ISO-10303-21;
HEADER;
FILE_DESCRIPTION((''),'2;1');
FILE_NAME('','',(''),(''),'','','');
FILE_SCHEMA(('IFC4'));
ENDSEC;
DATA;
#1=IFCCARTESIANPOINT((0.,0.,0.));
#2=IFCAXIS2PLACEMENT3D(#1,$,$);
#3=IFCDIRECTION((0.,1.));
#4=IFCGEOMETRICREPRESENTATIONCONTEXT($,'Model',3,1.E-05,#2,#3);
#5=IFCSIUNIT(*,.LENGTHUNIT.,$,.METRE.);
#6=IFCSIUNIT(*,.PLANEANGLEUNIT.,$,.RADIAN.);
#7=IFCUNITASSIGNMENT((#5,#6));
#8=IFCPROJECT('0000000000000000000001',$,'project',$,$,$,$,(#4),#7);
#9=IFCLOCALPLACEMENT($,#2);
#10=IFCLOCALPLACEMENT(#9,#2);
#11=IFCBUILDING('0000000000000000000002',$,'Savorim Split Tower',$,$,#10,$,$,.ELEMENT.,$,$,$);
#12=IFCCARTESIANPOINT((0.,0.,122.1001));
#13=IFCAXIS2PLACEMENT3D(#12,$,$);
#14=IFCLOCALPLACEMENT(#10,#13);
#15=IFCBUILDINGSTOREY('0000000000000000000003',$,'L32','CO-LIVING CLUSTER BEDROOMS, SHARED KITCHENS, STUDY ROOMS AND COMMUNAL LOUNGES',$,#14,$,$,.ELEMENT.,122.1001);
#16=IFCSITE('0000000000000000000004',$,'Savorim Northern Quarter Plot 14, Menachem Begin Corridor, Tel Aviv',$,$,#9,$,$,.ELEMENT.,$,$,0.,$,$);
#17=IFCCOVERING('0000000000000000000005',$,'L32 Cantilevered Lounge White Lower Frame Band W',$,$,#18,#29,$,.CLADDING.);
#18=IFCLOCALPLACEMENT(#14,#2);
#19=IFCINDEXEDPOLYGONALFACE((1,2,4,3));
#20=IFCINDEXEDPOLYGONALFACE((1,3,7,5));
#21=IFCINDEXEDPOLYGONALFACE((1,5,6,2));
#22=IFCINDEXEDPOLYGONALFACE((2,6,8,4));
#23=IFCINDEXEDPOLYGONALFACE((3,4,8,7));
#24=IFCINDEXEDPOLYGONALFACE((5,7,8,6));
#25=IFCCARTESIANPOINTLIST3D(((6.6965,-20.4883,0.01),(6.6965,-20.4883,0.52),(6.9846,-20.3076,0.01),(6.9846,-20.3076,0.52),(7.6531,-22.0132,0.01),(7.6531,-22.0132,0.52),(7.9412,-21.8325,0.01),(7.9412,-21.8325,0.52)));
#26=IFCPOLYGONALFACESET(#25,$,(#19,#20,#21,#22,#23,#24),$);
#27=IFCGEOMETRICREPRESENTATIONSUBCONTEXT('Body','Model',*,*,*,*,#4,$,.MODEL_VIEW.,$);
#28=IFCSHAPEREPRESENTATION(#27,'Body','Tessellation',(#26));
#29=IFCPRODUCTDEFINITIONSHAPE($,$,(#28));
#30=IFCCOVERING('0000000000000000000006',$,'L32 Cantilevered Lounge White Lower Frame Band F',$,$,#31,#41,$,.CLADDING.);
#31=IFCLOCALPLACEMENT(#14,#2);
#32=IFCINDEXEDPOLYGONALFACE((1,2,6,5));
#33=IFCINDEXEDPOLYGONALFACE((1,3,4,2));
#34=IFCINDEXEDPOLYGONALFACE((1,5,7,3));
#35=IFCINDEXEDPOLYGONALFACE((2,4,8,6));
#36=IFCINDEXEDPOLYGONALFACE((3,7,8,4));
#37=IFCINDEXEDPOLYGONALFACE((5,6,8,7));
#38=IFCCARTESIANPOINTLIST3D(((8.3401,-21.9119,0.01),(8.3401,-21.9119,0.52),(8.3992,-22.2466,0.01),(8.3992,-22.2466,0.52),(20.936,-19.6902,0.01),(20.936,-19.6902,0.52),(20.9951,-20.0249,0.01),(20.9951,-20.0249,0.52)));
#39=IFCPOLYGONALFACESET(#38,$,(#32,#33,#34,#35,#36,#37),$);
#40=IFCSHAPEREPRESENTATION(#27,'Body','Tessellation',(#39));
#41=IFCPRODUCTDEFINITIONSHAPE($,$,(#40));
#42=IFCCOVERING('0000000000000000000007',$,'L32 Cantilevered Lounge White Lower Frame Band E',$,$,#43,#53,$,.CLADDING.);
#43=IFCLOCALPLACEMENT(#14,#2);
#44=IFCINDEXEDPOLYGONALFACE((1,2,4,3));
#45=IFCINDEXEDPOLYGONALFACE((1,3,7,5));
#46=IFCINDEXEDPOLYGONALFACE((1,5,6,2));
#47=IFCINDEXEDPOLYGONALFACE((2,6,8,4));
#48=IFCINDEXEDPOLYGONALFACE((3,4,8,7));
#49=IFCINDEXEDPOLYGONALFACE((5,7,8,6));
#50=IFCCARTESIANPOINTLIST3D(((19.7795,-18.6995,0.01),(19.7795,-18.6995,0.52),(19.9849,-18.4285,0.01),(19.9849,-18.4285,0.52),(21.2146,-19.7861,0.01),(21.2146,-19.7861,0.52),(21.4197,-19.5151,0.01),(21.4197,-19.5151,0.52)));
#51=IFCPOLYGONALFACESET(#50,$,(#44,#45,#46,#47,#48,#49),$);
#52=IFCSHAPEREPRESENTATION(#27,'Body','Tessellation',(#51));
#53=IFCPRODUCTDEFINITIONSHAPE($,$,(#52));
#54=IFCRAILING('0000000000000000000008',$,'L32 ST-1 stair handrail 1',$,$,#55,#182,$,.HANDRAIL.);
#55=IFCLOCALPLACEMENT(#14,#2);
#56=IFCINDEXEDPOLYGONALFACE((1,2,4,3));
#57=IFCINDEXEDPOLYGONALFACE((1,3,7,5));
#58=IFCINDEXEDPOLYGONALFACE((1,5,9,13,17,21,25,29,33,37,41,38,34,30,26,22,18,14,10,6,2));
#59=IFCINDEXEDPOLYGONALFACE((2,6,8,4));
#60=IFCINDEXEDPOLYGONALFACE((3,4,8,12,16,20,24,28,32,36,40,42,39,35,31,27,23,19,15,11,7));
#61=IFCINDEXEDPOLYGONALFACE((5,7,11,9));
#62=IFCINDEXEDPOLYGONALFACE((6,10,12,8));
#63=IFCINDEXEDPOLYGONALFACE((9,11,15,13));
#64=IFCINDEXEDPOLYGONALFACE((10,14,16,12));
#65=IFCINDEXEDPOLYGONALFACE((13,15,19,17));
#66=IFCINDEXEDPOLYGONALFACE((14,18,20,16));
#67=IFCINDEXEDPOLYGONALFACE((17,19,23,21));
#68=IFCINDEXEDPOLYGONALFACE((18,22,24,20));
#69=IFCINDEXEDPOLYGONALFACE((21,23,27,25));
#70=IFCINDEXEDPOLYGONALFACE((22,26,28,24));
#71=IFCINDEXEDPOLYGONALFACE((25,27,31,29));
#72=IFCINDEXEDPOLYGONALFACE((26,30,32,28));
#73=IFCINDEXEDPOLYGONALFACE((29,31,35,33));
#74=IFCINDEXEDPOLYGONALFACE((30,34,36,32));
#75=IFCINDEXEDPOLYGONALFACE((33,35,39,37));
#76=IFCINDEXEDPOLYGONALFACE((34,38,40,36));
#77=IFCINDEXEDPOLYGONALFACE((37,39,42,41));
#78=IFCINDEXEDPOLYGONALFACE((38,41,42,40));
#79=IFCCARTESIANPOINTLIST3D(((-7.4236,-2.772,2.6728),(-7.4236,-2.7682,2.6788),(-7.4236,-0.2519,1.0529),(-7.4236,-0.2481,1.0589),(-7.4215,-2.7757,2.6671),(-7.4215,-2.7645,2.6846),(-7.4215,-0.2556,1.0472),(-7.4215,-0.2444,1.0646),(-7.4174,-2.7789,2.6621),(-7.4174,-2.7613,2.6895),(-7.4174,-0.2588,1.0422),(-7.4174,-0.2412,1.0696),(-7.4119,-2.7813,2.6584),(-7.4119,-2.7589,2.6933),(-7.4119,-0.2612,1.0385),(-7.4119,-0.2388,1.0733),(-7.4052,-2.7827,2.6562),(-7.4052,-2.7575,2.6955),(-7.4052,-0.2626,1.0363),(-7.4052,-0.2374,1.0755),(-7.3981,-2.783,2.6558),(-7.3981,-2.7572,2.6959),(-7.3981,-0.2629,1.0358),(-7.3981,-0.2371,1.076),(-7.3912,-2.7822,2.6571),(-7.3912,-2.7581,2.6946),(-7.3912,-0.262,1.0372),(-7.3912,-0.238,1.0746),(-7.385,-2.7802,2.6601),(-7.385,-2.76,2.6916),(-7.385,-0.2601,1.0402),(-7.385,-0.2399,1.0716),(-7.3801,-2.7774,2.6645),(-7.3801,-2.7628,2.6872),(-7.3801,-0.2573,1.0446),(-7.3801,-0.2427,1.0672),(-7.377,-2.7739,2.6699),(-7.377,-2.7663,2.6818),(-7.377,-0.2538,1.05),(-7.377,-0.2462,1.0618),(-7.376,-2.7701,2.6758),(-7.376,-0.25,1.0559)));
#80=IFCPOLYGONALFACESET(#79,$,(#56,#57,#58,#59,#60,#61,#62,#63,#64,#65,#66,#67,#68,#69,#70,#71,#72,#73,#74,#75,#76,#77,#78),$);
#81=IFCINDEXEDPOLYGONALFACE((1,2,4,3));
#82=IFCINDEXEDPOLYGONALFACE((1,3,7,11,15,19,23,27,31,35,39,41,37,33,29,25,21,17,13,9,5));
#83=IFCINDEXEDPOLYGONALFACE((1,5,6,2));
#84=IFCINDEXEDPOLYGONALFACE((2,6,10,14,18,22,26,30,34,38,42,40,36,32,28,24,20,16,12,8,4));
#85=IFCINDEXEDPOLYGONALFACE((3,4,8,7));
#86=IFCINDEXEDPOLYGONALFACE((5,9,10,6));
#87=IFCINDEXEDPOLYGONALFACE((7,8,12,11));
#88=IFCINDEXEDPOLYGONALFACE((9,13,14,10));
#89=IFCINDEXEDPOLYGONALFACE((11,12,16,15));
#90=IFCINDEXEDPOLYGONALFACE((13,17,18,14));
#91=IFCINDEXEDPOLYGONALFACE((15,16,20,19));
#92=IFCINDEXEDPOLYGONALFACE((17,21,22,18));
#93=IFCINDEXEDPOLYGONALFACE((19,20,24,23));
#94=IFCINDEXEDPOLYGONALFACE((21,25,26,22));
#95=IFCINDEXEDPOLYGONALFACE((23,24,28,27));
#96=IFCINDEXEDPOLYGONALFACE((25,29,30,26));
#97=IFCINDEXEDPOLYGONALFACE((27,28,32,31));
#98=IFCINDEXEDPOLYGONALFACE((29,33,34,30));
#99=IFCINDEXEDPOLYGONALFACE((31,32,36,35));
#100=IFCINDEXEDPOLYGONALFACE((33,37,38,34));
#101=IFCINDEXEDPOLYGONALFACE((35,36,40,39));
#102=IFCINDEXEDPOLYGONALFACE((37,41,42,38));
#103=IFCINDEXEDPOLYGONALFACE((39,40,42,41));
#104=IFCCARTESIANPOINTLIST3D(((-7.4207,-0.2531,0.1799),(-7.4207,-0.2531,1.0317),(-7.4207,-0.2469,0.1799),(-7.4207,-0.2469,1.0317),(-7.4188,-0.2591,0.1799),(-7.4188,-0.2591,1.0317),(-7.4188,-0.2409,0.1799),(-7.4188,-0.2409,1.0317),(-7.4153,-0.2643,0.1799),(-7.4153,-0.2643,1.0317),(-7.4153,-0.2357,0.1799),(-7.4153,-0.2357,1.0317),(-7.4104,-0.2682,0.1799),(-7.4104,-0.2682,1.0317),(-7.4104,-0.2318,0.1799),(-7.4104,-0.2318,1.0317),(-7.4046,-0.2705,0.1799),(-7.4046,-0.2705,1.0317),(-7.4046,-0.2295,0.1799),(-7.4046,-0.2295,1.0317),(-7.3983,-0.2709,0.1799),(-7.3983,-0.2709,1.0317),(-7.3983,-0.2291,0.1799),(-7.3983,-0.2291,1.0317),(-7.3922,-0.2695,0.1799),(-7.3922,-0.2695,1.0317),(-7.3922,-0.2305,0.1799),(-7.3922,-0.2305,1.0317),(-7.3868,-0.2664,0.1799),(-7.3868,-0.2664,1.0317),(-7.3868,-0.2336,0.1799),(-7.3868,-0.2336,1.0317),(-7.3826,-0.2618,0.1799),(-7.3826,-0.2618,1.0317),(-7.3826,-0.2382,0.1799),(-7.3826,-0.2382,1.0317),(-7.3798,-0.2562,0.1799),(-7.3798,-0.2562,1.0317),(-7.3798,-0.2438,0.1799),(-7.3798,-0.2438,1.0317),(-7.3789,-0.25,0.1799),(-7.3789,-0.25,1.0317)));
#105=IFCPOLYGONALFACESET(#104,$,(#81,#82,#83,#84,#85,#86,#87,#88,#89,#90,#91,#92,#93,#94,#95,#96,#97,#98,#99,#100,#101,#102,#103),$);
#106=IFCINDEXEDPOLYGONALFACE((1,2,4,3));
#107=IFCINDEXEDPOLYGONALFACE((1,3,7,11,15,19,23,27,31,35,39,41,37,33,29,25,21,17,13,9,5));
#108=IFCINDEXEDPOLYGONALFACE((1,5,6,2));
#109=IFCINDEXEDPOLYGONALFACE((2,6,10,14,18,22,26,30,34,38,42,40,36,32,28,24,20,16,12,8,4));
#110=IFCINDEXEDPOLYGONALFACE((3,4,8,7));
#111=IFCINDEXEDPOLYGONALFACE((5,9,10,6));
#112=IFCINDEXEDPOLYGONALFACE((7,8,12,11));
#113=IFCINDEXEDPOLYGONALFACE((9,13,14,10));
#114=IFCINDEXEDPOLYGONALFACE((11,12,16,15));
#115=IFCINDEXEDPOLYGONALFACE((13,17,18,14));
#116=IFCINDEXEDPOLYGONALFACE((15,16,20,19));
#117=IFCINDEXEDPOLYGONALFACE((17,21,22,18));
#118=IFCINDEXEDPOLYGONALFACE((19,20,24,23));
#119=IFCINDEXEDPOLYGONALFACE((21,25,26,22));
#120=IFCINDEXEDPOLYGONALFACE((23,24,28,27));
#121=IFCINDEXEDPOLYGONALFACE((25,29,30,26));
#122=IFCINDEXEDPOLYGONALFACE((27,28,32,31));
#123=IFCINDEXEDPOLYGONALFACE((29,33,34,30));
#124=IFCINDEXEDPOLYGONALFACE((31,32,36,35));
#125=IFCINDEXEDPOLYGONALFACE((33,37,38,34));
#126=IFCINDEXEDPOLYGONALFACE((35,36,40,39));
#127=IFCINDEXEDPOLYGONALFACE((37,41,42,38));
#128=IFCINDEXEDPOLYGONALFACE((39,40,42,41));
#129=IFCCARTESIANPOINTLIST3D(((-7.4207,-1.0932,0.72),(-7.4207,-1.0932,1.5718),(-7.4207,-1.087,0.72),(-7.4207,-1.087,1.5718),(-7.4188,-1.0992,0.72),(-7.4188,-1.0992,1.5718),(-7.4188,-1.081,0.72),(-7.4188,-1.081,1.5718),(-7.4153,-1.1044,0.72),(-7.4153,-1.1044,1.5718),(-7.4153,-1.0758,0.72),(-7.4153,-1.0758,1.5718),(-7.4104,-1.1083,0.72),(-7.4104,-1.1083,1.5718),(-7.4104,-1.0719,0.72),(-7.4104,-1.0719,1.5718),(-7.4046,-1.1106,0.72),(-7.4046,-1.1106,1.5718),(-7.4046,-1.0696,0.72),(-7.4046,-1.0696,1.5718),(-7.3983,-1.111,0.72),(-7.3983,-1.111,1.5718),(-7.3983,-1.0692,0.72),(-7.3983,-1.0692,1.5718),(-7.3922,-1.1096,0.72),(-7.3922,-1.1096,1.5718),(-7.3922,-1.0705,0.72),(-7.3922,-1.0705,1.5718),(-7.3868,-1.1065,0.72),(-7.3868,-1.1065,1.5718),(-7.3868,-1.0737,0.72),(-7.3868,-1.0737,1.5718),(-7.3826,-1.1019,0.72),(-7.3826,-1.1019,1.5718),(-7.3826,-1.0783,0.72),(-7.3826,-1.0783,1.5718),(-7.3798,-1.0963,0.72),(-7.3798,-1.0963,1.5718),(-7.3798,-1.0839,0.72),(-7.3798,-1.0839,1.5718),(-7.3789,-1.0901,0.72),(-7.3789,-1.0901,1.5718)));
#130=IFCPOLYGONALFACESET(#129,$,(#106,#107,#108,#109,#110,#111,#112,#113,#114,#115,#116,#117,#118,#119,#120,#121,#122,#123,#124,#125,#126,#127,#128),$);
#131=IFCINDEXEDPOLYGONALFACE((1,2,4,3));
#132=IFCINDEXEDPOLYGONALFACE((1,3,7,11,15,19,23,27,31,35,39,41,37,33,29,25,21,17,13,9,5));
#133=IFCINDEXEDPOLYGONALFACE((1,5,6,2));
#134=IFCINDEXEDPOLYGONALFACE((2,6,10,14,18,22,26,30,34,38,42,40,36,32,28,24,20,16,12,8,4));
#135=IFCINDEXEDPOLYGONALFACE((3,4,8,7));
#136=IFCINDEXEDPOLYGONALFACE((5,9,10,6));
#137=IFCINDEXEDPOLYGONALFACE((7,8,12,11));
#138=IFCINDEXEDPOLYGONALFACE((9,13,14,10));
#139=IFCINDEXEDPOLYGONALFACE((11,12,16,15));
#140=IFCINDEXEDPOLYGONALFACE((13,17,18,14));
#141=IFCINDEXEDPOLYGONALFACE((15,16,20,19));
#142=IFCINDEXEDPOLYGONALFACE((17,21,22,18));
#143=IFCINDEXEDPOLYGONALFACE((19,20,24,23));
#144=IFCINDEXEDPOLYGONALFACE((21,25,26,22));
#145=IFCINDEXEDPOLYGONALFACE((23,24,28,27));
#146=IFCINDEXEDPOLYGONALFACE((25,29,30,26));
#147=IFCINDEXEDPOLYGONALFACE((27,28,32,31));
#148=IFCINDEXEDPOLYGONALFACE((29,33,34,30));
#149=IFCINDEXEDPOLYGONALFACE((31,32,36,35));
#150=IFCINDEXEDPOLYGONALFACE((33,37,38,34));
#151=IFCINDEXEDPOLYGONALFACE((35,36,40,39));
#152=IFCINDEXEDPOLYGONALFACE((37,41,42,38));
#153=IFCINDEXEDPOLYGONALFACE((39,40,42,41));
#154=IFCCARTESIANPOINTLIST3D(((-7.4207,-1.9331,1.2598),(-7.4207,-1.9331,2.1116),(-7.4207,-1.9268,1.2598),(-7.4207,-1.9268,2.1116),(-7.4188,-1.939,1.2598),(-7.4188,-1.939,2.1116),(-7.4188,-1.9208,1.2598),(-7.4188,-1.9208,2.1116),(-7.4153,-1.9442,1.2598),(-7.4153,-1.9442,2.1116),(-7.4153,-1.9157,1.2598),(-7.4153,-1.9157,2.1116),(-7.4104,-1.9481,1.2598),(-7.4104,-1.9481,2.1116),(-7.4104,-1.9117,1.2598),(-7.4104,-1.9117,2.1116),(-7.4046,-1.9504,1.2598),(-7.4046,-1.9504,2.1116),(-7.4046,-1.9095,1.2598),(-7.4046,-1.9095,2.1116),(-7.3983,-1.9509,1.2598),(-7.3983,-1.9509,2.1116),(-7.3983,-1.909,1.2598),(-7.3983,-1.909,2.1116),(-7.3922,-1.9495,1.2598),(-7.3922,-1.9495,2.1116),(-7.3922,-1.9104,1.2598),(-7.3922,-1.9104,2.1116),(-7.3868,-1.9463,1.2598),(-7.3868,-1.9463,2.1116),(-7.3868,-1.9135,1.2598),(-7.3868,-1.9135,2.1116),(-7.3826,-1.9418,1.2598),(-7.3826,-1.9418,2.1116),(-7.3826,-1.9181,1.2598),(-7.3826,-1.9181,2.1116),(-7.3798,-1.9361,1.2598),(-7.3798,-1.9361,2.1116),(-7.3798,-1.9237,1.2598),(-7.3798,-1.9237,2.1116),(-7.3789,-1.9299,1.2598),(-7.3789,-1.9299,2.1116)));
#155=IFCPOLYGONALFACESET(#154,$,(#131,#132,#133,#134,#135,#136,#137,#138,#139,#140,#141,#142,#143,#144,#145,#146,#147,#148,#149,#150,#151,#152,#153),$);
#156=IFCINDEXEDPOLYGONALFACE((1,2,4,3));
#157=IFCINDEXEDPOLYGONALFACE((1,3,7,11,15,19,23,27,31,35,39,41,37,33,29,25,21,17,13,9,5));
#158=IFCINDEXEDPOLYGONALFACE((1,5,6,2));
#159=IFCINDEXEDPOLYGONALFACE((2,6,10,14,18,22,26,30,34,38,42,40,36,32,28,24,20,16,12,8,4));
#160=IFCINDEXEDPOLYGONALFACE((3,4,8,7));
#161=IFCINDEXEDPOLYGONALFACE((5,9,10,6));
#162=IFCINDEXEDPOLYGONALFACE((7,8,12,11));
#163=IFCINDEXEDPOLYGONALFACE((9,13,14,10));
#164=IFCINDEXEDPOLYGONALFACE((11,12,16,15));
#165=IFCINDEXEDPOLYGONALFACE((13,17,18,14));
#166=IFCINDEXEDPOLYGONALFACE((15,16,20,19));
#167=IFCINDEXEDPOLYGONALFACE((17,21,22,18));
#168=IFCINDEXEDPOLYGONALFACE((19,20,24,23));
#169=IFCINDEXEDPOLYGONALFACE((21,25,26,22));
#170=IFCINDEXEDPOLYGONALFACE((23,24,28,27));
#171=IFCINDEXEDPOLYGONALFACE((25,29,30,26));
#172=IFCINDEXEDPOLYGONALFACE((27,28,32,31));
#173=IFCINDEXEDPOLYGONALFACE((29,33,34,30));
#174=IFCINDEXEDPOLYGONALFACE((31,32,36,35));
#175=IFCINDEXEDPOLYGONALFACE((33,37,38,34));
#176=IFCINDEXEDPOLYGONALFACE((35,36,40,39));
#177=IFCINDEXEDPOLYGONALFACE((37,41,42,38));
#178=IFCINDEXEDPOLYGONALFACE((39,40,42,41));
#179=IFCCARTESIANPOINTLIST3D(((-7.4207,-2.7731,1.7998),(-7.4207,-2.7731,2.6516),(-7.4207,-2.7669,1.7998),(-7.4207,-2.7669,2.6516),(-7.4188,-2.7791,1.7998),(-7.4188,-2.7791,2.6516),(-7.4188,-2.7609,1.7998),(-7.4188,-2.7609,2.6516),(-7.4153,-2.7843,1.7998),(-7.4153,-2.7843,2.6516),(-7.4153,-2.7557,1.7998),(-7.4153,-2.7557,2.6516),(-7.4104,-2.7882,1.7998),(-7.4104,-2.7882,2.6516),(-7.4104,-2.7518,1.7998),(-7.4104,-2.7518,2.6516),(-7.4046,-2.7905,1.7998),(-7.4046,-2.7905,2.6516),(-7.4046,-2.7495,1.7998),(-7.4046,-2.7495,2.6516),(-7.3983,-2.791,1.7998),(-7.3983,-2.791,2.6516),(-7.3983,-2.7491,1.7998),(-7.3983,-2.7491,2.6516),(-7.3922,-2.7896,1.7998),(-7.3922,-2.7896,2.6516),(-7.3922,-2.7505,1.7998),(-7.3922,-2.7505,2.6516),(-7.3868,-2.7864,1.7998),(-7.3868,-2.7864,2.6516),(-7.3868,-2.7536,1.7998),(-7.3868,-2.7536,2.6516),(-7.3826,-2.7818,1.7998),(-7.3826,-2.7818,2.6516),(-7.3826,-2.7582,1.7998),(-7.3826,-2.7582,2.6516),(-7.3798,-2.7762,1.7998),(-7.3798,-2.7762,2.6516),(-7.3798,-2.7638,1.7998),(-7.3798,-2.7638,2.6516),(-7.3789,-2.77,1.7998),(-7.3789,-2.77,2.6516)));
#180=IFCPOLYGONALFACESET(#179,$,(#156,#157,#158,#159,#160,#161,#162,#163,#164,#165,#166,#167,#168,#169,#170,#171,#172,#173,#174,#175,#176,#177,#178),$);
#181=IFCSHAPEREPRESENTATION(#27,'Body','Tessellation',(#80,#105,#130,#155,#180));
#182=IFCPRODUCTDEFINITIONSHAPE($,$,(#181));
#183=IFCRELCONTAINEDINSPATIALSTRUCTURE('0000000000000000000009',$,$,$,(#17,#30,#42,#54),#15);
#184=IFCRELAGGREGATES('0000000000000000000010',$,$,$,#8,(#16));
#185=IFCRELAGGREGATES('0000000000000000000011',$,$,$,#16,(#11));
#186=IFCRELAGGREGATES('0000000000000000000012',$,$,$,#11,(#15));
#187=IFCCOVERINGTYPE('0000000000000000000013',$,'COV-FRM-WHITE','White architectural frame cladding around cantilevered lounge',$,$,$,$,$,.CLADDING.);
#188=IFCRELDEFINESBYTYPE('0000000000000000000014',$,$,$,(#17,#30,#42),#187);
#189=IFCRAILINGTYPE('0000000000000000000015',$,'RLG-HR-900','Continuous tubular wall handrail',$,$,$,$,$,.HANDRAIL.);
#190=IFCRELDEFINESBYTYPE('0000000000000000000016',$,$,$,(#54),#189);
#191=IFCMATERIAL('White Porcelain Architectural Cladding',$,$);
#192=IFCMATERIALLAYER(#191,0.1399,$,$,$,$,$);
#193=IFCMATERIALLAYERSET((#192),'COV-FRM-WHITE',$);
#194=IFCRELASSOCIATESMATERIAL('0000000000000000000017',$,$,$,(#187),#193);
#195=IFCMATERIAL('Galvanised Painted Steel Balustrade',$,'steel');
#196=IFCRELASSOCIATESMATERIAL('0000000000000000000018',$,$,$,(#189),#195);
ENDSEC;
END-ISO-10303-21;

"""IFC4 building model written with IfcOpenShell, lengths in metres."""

from ifc_helpers import new_model, si_unit, direction, frame, origin, origin_2d, place, context, subcontext, project, spatial, polyline, circle, outline, extrude, material, layer, layer_set, type_object, element, save


model = new_model("IFC4")

# Units and contexts
model_context = context("Model", 3, precision=1e-05, world=origin(), true_north=direction((0.0, 1.0)))
body_context = subcontext(model_context, "Body", "Model", "MODEL_VIEW")
ifc_project = project(units=[si_unit("LENGTHUNIT", "METRE"), si_unit("PLANEANGLEUNIT", "RADIAN")], contexts=[model_context])

# Site, building, storey
site_placement = place(None, origin())
site = spatial("IfcSite", under=ifc_project, at=site_placement, Name="Savorim Northern Quarter Plot 14, Menachem Begin Corridor, Tel Aviv", CompositionType="ELEMENT", RefElevation=0.0)
building_placement = place(site_placement, origin())
building = spatial("IfcBuilding", under=site, at=building_placement, Name="Savorim Split Tower", CompositionType="ELEMENT")
storey_placement = place(building_placement, frame((0.0, 0.0, 122.1001)))
storey = spatial("IfcBuildingStorey", under=building, at=storey_placement, Name="L32", Description="CO-LIVING CLUSTER BEDROOMS, SHARED KITCHENS, STUDY ROOMS AND COMMUNAL LOUNGES", CompositionType="ELEMENT", Elevation=122.1001)

# Coverings
ifc_material_1 = material(Name="White Porcelain Architectural Cladding")
ifc_layer_1 = layer(ifc_material_1, 0.1399)
ifc_layer_set_1 = layer_set([ifc_layer_1], Name="COV-FRM-WHITE")
covering_type = type_object("IfcCoveringType", Name="COV-FRM-WHITE", Description="White architectural frame cladding around cantilevered lounge", PredefinedType="CLADDING", material=ifc_layer_set_1)
covering_1_placement = place(storey_placement, frame((0.0, 0.0, 0.01)))
element("IfcCovering", 1, at=covering_1_placement, inside=storey, type_object=covering_type, Name="L32 Cantilevered Lounge White Lower Frame Band W", PredefinedType="CLADDING", context=body_context, shape_type="SweptSolid", body=[
    extrude(outline(polyline([(6.6965, -20.4883), (7.6531, -22.0132), (7.9412, -21.8325), (6.9846, -20.3076), (6.6965, -20.4883)])), origin(), (0.0, 0.0, 1.0), 0.51),
])
covering_2_placement = place(storey_placement, frame((0.0, 0.0, 0.01)))
element("IfcCovering", 2, at=covering_2_placement, inside=storey, type_object=covering_type, Name="L32 Cantilevered Lounge White Lower Frame Band F", PredefinedType="CLADDING", context=body_context, shape_type="SweptSolid", body=[
    extrude(outline(polyline([(8.3992, -22.2466), (20.9951, -20.0249), (20.936, -19.6902), (8.3401, -21.9119), (8.3992, -22.2466)])), origin(), (0.0, 0.0, 1.0), 0.51),
])
covering_3_placement = place(storey_placement, frame((0.0, 0.0, 0.01)))
element("IfcCovering", 3, at=covering_3_placement, inside=storey, type_object=covering_type, Name="L32 Cantilevered Lounge White Lower Frame Band E", PredefinedType="CLADDING", context=body_context, shape_type="SweptSolid", body=[
    extrude(outline(polyline([(21.4197, -19.5151), (19.9849, -18.4285), (19.7795, -18.6995), (21.2146, -19.7861), (21.4197, -19.5151)])), origin(), (0.0, 0.0, 1.0), 0.51),
])

# Railing
ifc_material_2 = material(Name="Galvanised Painted Steel Balustrade", Category="steel")
railing_type_1 = type_object("IfcRailingType", Name="RLG-HR-900", Description="Continuous tubular wall handrail", PredefinedType="HANDRAIL", material=ifc_material_2)
railing_1_placement = place(storey_placement, frame((-7.3999, -0.25, 0.1799)))
element("IfcRailing", 4, at=railing_1_placement, inside=storey, type_object=railing_type_1, Name="L32 ST-1 stair handrail 1", PredefinedType="HANDRAIL", context=body_context, shape_type="SweptSolid", body=[
    extrude(circle(Radius=0.0239, at=origin_2d()), frame((0.0, 0.0, 0.876), z_axis=(0.0, -0.8412, 0.540725), x_axis=(1.0, 0.0, 0.0)), (0.0, 0.0, 1.0), 2.9958),
    extrude(circle(Radius=0.021, at=origin_2d()), origin(), (0.0, 0.0, 1.0), 0.8518),
    extrude(circle(Radius=0.021, at=origin_2d()), frame((0.0, -0.8401, 0.54)), (0.0, 0.0, 1.0), 0.8518),
    extrude(circle(Radius=0.021, at=origin_2d()), frame((0.0, -1.6799, 1.0798)), (0.0, 0.0, 1.0), 0.8518),
    extrude(circle(Radius=0.021, at=origin_2d()), frame((0.0, -2.52, 1.6199)), (0.0, 0.0, 1.0), 0.8518),
])

save(model, "model.ifc")
